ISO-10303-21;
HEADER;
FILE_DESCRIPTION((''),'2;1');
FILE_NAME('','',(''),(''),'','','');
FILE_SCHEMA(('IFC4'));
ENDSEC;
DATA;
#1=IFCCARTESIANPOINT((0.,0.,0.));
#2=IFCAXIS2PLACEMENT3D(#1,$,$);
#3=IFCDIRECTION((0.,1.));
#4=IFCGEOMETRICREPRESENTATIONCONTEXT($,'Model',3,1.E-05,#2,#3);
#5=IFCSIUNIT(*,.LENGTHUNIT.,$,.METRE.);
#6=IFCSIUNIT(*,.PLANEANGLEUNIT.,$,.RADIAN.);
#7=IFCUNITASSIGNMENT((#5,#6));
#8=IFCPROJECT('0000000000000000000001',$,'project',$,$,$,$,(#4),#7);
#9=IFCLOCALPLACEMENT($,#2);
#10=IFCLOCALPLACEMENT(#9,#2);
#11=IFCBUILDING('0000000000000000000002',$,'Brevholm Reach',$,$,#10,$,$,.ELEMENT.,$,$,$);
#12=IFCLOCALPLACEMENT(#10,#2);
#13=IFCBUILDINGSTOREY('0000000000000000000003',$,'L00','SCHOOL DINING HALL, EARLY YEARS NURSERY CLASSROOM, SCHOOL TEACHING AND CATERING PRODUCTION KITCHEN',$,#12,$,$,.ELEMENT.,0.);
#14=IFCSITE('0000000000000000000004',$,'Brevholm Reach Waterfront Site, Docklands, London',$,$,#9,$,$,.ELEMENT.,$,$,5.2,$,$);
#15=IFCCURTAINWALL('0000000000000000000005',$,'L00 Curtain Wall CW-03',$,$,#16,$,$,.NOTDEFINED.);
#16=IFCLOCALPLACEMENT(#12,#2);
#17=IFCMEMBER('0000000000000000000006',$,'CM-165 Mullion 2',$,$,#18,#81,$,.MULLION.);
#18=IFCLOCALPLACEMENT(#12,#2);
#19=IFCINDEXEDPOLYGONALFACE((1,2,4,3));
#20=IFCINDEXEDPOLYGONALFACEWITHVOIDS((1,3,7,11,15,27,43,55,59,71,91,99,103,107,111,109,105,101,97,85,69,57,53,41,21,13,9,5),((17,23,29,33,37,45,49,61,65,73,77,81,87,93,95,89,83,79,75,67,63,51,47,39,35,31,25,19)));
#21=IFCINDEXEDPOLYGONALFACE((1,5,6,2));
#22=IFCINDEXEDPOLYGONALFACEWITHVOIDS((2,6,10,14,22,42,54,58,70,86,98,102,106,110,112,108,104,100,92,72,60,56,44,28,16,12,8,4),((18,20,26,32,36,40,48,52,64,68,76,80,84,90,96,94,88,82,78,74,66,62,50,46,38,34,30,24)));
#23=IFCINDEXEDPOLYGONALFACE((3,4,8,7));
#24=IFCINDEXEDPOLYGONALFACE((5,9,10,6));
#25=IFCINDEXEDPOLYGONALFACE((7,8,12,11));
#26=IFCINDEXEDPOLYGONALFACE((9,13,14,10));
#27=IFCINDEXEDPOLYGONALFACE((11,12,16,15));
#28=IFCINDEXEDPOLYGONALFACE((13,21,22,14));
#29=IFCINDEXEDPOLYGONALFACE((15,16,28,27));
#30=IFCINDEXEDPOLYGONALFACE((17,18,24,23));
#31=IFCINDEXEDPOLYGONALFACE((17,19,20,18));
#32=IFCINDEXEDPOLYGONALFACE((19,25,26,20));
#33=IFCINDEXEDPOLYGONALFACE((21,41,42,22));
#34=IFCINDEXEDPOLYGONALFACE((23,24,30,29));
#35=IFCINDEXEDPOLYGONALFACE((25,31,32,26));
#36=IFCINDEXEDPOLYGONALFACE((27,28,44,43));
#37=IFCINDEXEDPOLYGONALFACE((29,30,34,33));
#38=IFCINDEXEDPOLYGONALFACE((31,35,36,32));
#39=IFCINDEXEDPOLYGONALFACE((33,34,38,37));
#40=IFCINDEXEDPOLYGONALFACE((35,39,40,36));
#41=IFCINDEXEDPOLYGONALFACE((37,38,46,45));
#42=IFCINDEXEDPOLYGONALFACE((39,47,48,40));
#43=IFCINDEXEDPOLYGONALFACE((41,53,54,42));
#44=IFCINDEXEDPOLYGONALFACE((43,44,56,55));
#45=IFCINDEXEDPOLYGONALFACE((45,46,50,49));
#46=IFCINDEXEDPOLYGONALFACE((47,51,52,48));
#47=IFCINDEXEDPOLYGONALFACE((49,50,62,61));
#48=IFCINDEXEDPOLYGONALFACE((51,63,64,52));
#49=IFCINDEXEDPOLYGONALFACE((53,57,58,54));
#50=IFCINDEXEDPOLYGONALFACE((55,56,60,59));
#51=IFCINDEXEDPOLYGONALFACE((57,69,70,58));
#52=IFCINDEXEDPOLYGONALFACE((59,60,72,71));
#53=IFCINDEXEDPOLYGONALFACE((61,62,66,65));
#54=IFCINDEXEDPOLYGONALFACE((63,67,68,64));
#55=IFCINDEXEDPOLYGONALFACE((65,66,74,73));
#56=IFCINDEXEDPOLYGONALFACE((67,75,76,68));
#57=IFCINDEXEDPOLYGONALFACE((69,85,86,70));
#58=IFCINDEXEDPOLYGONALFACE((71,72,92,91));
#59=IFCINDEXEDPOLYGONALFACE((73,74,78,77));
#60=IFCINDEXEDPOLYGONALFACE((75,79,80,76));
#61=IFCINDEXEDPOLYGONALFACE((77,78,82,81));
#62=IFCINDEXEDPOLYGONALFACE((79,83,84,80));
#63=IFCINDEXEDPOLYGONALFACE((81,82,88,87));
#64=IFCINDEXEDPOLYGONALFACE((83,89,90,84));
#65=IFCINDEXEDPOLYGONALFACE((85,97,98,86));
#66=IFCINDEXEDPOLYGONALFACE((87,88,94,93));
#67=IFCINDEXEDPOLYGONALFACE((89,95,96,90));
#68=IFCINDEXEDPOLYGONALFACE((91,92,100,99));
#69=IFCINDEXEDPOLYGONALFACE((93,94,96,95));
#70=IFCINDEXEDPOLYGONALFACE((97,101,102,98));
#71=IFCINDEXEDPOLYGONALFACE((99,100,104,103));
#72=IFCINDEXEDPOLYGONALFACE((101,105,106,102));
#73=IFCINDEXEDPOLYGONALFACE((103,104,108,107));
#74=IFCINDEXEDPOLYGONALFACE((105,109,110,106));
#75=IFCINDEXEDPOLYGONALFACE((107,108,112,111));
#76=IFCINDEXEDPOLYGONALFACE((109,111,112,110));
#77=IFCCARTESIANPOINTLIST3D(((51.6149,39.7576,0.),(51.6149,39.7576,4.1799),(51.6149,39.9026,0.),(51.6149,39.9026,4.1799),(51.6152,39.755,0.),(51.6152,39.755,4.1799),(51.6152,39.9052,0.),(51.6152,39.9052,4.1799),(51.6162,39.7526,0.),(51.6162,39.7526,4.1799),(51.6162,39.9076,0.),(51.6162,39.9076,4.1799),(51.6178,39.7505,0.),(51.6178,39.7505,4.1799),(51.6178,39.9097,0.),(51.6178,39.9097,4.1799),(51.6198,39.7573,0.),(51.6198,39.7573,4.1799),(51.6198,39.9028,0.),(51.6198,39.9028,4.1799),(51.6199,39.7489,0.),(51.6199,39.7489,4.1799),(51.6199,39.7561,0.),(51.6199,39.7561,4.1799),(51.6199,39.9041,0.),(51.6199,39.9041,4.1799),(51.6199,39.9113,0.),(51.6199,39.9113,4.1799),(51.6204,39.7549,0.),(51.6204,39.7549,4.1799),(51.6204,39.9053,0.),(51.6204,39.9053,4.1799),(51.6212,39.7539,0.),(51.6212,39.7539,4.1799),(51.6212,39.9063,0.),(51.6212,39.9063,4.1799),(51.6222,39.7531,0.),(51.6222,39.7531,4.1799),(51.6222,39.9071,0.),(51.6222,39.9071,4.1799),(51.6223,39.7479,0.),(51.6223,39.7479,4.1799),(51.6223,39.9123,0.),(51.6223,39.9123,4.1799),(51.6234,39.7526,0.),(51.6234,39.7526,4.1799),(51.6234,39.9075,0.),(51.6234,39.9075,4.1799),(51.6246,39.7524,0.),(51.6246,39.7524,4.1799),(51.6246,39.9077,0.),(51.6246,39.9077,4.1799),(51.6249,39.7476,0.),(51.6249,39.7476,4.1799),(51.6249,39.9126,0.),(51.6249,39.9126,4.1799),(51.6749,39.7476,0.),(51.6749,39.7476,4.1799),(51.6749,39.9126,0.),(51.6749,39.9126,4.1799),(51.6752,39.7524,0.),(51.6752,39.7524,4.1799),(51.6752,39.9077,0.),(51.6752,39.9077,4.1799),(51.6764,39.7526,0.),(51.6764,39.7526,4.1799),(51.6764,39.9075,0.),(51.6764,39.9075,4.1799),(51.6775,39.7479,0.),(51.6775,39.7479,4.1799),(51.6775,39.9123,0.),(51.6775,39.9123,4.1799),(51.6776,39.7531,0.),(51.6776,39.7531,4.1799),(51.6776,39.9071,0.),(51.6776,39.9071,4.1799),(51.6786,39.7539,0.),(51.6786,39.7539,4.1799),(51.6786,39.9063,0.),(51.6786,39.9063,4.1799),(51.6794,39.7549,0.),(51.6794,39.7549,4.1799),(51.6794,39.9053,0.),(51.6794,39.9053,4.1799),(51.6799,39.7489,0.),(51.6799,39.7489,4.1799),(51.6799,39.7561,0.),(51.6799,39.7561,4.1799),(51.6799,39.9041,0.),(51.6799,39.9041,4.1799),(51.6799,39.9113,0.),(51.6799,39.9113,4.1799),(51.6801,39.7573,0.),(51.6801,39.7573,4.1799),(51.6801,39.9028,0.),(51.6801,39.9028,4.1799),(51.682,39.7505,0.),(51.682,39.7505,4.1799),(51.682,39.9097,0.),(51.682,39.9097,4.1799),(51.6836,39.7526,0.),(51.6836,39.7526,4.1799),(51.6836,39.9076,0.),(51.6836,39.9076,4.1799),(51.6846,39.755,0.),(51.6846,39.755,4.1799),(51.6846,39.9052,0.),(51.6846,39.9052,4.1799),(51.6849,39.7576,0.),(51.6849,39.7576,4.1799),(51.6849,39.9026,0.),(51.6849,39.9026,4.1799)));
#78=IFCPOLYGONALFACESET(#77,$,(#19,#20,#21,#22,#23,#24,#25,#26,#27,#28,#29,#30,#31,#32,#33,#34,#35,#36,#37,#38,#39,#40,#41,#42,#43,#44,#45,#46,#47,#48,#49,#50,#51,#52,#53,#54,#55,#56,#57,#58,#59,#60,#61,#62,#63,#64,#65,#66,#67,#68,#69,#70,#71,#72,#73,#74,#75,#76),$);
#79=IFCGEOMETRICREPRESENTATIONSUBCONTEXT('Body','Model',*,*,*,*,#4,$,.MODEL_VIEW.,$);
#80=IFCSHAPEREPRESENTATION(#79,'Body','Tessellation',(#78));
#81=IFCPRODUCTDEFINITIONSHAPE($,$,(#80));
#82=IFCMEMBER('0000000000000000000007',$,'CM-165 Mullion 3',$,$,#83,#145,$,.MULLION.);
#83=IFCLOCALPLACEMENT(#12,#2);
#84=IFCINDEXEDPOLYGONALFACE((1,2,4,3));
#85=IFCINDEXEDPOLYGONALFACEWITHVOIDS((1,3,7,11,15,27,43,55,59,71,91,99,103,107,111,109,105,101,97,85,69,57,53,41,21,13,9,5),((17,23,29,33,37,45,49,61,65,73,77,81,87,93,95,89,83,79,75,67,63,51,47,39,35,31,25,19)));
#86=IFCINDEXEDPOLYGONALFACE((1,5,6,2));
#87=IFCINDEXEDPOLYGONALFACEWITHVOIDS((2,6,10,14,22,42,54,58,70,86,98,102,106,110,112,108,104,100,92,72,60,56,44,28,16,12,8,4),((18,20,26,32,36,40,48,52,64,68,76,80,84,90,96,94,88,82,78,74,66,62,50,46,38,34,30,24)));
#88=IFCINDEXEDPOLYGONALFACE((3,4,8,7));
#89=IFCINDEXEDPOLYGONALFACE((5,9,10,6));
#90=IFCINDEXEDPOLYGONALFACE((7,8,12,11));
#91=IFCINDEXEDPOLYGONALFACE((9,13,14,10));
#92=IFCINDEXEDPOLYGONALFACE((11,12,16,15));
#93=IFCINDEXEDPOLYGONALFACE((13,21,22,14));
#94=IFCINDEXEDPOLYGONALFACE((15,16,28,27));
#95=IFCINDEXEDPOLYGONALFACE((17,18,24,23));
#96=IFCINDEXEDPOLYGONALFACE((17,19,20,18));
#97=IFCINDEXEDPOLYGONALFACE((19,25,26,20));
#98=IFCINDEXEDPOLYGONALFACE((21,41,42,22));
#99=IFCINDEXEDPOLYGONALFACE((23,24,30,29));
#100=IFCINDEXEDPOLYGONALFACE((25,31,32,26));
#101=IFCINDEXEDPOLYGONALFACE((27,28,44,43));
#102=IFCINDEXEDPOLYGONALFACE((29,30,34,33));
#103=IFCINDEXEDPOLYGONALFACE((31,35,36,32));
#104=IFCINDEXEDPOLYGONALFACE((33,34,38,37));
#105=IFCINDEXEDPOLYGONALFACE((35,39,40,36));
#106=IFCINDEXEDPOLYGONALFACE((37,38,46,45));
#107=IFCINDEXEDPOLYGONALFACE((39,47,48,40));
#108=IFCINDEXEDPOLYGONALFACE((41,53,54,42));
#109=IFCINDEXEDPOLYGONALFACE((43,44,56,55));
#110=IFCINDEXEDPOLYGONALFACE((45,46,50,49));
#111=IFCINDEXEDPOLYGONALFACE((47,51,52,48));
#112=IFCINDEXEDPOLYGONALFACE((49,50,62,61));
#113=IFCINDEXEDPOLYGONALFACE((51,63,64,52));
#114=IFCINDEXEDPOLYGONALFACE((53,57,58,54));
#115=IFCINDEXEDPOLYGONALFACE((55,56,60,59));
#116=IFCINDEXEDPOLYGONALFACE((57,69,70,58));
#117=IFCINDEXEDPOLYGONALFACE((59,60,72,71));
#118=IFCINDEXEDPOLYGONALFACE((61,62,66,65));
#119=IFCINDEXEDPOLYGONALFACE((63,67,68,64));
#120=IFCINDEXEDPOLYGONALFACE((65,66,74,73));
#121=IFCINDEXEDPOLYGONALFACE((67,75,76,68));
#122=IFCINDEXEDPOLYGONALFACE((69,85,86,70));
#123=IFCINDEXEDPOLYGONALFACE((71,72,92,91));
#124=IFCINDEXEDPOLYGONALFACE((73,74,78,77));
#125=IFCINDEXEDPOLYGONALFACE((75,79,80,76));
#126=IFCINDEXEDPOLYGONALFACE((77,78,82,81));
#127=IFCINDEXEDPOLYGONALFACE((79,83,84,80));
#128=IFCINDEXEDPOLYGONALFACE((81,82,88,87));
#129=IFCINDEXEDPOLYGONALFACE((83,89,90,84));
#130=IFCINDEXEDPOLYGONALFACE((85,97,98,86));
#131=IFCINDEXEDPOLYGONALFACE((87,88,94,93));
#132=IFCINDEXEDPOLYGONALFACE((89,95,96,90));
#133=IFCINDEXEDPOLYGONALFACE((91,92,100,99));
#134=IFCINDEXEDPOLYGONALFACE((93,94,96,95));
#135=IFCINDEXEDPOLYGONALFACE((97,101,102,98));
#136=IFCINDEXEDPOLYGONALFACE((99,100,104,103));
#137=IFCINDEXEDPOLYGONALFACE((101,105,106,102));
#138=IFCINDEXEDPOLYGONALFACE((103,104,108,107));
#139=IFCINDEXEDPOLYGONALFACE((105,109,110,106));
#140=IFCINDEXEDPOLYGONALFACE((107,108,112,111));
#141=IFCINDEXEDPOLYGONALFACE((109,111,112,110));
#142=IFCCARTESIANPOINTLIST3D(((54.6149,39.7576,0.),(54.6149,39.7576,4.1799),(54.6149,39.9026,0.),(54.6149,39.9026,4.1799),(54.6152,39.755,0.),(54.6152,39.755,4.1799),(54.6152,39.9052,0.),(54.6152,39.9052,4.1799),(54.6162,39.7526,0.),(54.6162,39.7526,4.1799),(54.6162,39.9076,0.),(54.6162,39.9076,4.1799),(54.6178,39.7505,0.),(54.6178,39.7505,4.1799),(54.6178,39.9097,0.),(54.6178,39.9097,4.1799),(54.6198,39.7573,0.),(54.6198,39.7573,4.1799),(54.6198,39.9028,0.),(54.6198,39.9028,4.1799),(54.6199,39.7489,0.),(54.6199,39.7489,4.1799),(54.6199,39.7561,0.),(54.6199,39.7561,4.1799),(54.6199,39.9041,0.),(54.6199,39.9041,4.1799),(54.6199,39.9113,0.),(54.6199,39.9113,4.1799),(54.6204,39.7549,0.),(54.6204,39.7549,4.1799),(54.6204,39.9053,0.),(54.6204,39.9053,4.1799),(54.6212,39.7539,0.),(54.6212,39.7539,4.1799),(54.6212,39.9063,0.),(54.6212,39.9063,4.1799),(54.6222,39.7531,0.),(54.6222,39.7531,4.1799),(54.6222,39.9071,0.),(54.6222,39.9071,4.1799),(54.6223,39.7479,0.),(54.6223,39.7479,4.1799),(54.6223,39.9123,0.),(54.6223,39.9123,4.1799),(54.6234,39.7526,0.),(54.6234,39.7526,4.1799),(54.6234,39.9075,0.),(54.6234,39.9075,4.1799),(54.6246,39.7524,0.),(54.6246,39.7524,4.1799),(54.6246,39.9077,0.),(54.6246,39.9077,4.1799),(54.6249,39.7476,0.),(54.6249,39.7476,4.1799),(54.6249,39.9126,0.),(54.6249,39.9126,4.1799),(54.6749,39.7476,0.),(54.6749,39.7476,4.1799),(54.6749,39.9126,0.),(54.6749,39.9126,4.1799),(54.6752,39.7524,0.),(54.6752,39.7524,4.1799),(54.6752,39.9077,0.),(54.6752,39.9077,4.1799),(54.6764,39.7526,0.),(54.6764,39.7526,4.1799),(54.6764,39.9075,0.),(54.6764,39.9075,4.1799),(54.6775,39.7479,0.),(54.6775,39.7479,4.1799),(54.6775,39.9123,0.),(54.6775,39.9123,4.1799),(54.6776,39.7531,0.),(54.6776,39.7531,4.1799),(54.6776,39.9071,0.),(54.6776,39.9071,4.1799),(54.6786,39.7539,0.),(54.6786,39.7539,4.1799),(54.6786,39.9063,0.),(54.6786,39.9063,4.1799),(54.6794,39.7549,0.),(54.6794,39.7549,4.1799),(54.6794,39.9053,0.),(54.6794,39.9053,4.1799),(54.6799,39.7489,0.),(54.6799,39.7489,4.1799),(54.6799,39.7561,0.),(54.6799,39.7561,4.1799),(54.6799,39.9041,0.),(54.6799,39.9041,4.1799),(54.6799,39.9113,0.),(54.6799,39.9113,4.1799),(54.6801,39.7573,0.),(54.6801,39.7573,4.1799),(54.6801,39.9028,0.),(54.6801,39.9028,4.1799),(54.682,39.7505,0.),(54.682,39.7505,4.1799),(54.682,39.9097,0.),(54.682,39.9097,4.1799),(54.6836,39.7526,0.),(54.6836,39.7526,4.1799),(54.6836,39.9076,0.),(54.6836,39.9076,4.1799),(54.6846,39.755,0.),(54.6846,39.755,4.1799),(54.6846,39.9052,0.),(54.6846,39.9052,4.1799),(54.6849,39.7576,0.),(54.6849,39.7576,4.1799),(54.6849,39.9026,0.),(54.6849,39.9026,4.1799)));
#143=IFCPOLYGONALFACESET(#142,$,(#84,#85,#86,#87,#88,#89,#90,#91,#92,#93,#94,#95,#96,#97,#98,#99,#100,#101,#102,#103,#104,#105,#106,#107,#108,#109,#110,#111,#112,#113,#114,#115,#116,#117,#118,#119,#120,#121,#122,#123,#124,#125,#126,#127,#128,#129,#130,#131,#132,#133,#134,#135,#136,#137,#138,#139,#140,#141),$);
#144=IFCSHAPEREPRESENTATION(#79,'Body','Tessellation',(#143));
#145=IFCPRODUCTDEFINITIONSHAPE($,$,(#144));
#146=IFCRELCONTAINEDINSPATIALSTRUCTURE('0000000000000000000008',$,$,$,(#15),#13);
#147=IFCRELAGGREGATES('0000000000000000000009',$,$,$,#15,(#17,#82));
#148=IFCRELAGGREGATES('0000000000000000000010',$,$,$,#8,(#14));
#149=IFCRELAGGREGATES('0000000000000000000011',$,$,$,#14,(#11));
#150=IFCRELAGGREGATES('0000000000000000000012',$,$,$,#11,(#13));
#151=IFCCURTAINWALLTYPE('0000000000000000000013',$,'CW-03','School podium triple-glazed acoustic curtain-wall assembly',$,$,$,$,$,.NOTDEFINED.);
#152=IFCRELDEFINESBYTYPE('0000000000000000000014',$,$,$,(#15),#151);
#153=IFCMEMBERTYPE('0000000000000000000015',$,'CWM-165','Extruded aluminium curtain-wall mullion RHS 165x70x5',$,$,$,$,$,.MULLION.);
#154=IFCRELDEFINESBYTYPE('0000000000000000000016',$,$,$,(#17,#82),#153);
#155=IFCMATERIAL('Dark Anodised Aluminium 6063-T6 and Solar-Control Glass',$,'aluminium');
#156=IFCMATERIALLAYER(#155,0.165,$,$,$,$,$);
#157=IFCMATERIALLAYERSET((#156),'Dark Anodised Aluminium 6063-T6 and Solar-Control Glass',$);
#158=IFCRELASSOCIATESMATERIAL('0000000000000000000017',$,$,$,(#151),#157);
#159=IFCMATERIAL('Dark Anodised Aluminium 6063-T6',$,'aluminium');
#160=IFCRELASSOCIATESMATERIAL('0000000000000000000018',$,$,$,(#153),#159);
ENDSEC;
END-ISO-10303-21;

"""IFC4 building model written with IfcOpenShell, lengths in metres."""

from ifc_helpers import new_model, si_unit, direction, frame, origin, origin_2d, place, context, subcontext, project, spatial, hollow_rectangle, extrude, material, layer, layer_set, material_profile, profile_set, type_object, element, aggregate, save


model = new_model("IFC4")

# Units and contexts
model_context = context("Model", 3, precision=1e-05, world=origin(), true_north=direction((0.0, 1.0)))
body_context = subcontext(model_context, "Body", "Model", "MODEL_VIEW")
ifc_project = project(units=[si_unit("LENGTHUNIT", "METRE"), si_unit("PLANEANGLEUNIT", "RADIAN")], contexts=[model_context])

# Site, building, storey
site_placement = place(None, origin())
site = spatial("IfcSite", under=ifc_project, at=site_placement, Name="Brevholm Reach Waterfront Site, Docklands, London", CompositionType="ELEMENT", RefElevation=5.2)
building_placement = place(site_placement, origin())
building = spatial("IfcBuilding", under=site, at=building_placement, Name="Brevholm Reach", CompositionType="ELEMENT")
storey_placement = place(building_placement, origin())
storey = spatial("IfcBuildingStorey", under=building, at=storey_placement, Name="L00", Description="SCHOOL DINING HALL, EARLY YEARS NURSERY CLASSROOM, SCHOOL TEACHING AND CATERING PRODUCTION KITCHEN", CompositionType="ELEMENT", Elevation=0.0)

# Curtain wall, members
ifc_material_1 = material(Name="Dark Anodised Aluminium 6063-T6 and Solar-Control Glass", Category="aluminium")
ifc_layer_1 = layer(ifc_material_1, 0.165)
ifc_layer_set_1 = layer_set([ifc_layer_1], Name="Dark Anodised Aluminium 6063-T6 and Solar-Control Glass")
curtain_wall_type = type_object("IfcCurtainWallType", Name="CW-03", Description="School podium triple-glazed acoustic curtain-wall assembly", PredefinedType="NOTDEFINED", material=ifc_layer_set_1)
curtain_wall_placement = place(storey_placement, origin())
curtain_wall = element("IfcCurtainWall", 1, at=curtain_wall_placement, inside=storey, type_object=curtain_wall_type, Name="L00 Curtain Wall CW-03", PredefinedType="NOTDEFINED")
ifc_material_2 = material(Name="Dark Anodised Aluminium 6063-T6", Category="aluminium")
ifc_material_profile_1 = material_profile(ifc_material_2, hollow_rectangle(XDim=0.0701, YDim=0.165, WallThickness=0.0049, InnerFilletRadius=0.0049, OuterFilletRadius=0.01, at=origin_2d()), Name="RHS 165x70x5")
ifc_profile_set_1 = profile_set([ifc_material_profile_1], Name="Dark Anodised Aluminium 6063-T6")
member_type_1 = type_object("IfcMemberType", Name="CWM-165", Description="Extruded aluminium curtain-wall mullion RHS 165x70x5", PredefinedType="MULLION", material=ifc_profile_set_1)
member_1_placement = place(storey_placement, frame((51.6499, 39.8301, 0.0), z_axis=(0.0, 0.0, 1.0), x_axis=(1.0, 0.0, 0.0)))
member_1 = element("IfcMember", 2, at=member_1_placement, type_object=member_type_1, Name="CM-165 Mullion 2", PredefinedType="MULLION", context=body_context, shape_type="SweptSolid", body=[
    extrude(hollow_rectangle(XDim=0.0701, YDim=0.165, WallThickness=0.0049, InnerFilletRadius=0.0049, OuterFilletRadius=0.01, at=origin_2d()), origin(), (0.0, 0.0, 1.0), 4.1799),
])
member_2_placement = place(storey_placement, frame((54.6499, 39.8301, 0.0), z_axis=(0.0, 0.0, 1.0), x_axis=(1.0, 0.0, 0.0)))
member_2 = element("IfcMember", 3, at=member_2_placement, type_object=member_type_1, Name="CM-165 Mullion 3", PredefinedType="MULLION", context=body_context, shape_type="SweptSolid", body=[
    extrude(hollow_rectangle(XDim=0.0701, YDim=0.165, WallThickness=0.0049, InnerFilletRadius=0.0049, OuterFilletRadius=0.01, at=origin_2d()), origin(), (0.0, 0.0, 1.0), 4.1799),
])
aggregate(curtain_wall, [member_1, member_2])

save(model, "model.ifc")
